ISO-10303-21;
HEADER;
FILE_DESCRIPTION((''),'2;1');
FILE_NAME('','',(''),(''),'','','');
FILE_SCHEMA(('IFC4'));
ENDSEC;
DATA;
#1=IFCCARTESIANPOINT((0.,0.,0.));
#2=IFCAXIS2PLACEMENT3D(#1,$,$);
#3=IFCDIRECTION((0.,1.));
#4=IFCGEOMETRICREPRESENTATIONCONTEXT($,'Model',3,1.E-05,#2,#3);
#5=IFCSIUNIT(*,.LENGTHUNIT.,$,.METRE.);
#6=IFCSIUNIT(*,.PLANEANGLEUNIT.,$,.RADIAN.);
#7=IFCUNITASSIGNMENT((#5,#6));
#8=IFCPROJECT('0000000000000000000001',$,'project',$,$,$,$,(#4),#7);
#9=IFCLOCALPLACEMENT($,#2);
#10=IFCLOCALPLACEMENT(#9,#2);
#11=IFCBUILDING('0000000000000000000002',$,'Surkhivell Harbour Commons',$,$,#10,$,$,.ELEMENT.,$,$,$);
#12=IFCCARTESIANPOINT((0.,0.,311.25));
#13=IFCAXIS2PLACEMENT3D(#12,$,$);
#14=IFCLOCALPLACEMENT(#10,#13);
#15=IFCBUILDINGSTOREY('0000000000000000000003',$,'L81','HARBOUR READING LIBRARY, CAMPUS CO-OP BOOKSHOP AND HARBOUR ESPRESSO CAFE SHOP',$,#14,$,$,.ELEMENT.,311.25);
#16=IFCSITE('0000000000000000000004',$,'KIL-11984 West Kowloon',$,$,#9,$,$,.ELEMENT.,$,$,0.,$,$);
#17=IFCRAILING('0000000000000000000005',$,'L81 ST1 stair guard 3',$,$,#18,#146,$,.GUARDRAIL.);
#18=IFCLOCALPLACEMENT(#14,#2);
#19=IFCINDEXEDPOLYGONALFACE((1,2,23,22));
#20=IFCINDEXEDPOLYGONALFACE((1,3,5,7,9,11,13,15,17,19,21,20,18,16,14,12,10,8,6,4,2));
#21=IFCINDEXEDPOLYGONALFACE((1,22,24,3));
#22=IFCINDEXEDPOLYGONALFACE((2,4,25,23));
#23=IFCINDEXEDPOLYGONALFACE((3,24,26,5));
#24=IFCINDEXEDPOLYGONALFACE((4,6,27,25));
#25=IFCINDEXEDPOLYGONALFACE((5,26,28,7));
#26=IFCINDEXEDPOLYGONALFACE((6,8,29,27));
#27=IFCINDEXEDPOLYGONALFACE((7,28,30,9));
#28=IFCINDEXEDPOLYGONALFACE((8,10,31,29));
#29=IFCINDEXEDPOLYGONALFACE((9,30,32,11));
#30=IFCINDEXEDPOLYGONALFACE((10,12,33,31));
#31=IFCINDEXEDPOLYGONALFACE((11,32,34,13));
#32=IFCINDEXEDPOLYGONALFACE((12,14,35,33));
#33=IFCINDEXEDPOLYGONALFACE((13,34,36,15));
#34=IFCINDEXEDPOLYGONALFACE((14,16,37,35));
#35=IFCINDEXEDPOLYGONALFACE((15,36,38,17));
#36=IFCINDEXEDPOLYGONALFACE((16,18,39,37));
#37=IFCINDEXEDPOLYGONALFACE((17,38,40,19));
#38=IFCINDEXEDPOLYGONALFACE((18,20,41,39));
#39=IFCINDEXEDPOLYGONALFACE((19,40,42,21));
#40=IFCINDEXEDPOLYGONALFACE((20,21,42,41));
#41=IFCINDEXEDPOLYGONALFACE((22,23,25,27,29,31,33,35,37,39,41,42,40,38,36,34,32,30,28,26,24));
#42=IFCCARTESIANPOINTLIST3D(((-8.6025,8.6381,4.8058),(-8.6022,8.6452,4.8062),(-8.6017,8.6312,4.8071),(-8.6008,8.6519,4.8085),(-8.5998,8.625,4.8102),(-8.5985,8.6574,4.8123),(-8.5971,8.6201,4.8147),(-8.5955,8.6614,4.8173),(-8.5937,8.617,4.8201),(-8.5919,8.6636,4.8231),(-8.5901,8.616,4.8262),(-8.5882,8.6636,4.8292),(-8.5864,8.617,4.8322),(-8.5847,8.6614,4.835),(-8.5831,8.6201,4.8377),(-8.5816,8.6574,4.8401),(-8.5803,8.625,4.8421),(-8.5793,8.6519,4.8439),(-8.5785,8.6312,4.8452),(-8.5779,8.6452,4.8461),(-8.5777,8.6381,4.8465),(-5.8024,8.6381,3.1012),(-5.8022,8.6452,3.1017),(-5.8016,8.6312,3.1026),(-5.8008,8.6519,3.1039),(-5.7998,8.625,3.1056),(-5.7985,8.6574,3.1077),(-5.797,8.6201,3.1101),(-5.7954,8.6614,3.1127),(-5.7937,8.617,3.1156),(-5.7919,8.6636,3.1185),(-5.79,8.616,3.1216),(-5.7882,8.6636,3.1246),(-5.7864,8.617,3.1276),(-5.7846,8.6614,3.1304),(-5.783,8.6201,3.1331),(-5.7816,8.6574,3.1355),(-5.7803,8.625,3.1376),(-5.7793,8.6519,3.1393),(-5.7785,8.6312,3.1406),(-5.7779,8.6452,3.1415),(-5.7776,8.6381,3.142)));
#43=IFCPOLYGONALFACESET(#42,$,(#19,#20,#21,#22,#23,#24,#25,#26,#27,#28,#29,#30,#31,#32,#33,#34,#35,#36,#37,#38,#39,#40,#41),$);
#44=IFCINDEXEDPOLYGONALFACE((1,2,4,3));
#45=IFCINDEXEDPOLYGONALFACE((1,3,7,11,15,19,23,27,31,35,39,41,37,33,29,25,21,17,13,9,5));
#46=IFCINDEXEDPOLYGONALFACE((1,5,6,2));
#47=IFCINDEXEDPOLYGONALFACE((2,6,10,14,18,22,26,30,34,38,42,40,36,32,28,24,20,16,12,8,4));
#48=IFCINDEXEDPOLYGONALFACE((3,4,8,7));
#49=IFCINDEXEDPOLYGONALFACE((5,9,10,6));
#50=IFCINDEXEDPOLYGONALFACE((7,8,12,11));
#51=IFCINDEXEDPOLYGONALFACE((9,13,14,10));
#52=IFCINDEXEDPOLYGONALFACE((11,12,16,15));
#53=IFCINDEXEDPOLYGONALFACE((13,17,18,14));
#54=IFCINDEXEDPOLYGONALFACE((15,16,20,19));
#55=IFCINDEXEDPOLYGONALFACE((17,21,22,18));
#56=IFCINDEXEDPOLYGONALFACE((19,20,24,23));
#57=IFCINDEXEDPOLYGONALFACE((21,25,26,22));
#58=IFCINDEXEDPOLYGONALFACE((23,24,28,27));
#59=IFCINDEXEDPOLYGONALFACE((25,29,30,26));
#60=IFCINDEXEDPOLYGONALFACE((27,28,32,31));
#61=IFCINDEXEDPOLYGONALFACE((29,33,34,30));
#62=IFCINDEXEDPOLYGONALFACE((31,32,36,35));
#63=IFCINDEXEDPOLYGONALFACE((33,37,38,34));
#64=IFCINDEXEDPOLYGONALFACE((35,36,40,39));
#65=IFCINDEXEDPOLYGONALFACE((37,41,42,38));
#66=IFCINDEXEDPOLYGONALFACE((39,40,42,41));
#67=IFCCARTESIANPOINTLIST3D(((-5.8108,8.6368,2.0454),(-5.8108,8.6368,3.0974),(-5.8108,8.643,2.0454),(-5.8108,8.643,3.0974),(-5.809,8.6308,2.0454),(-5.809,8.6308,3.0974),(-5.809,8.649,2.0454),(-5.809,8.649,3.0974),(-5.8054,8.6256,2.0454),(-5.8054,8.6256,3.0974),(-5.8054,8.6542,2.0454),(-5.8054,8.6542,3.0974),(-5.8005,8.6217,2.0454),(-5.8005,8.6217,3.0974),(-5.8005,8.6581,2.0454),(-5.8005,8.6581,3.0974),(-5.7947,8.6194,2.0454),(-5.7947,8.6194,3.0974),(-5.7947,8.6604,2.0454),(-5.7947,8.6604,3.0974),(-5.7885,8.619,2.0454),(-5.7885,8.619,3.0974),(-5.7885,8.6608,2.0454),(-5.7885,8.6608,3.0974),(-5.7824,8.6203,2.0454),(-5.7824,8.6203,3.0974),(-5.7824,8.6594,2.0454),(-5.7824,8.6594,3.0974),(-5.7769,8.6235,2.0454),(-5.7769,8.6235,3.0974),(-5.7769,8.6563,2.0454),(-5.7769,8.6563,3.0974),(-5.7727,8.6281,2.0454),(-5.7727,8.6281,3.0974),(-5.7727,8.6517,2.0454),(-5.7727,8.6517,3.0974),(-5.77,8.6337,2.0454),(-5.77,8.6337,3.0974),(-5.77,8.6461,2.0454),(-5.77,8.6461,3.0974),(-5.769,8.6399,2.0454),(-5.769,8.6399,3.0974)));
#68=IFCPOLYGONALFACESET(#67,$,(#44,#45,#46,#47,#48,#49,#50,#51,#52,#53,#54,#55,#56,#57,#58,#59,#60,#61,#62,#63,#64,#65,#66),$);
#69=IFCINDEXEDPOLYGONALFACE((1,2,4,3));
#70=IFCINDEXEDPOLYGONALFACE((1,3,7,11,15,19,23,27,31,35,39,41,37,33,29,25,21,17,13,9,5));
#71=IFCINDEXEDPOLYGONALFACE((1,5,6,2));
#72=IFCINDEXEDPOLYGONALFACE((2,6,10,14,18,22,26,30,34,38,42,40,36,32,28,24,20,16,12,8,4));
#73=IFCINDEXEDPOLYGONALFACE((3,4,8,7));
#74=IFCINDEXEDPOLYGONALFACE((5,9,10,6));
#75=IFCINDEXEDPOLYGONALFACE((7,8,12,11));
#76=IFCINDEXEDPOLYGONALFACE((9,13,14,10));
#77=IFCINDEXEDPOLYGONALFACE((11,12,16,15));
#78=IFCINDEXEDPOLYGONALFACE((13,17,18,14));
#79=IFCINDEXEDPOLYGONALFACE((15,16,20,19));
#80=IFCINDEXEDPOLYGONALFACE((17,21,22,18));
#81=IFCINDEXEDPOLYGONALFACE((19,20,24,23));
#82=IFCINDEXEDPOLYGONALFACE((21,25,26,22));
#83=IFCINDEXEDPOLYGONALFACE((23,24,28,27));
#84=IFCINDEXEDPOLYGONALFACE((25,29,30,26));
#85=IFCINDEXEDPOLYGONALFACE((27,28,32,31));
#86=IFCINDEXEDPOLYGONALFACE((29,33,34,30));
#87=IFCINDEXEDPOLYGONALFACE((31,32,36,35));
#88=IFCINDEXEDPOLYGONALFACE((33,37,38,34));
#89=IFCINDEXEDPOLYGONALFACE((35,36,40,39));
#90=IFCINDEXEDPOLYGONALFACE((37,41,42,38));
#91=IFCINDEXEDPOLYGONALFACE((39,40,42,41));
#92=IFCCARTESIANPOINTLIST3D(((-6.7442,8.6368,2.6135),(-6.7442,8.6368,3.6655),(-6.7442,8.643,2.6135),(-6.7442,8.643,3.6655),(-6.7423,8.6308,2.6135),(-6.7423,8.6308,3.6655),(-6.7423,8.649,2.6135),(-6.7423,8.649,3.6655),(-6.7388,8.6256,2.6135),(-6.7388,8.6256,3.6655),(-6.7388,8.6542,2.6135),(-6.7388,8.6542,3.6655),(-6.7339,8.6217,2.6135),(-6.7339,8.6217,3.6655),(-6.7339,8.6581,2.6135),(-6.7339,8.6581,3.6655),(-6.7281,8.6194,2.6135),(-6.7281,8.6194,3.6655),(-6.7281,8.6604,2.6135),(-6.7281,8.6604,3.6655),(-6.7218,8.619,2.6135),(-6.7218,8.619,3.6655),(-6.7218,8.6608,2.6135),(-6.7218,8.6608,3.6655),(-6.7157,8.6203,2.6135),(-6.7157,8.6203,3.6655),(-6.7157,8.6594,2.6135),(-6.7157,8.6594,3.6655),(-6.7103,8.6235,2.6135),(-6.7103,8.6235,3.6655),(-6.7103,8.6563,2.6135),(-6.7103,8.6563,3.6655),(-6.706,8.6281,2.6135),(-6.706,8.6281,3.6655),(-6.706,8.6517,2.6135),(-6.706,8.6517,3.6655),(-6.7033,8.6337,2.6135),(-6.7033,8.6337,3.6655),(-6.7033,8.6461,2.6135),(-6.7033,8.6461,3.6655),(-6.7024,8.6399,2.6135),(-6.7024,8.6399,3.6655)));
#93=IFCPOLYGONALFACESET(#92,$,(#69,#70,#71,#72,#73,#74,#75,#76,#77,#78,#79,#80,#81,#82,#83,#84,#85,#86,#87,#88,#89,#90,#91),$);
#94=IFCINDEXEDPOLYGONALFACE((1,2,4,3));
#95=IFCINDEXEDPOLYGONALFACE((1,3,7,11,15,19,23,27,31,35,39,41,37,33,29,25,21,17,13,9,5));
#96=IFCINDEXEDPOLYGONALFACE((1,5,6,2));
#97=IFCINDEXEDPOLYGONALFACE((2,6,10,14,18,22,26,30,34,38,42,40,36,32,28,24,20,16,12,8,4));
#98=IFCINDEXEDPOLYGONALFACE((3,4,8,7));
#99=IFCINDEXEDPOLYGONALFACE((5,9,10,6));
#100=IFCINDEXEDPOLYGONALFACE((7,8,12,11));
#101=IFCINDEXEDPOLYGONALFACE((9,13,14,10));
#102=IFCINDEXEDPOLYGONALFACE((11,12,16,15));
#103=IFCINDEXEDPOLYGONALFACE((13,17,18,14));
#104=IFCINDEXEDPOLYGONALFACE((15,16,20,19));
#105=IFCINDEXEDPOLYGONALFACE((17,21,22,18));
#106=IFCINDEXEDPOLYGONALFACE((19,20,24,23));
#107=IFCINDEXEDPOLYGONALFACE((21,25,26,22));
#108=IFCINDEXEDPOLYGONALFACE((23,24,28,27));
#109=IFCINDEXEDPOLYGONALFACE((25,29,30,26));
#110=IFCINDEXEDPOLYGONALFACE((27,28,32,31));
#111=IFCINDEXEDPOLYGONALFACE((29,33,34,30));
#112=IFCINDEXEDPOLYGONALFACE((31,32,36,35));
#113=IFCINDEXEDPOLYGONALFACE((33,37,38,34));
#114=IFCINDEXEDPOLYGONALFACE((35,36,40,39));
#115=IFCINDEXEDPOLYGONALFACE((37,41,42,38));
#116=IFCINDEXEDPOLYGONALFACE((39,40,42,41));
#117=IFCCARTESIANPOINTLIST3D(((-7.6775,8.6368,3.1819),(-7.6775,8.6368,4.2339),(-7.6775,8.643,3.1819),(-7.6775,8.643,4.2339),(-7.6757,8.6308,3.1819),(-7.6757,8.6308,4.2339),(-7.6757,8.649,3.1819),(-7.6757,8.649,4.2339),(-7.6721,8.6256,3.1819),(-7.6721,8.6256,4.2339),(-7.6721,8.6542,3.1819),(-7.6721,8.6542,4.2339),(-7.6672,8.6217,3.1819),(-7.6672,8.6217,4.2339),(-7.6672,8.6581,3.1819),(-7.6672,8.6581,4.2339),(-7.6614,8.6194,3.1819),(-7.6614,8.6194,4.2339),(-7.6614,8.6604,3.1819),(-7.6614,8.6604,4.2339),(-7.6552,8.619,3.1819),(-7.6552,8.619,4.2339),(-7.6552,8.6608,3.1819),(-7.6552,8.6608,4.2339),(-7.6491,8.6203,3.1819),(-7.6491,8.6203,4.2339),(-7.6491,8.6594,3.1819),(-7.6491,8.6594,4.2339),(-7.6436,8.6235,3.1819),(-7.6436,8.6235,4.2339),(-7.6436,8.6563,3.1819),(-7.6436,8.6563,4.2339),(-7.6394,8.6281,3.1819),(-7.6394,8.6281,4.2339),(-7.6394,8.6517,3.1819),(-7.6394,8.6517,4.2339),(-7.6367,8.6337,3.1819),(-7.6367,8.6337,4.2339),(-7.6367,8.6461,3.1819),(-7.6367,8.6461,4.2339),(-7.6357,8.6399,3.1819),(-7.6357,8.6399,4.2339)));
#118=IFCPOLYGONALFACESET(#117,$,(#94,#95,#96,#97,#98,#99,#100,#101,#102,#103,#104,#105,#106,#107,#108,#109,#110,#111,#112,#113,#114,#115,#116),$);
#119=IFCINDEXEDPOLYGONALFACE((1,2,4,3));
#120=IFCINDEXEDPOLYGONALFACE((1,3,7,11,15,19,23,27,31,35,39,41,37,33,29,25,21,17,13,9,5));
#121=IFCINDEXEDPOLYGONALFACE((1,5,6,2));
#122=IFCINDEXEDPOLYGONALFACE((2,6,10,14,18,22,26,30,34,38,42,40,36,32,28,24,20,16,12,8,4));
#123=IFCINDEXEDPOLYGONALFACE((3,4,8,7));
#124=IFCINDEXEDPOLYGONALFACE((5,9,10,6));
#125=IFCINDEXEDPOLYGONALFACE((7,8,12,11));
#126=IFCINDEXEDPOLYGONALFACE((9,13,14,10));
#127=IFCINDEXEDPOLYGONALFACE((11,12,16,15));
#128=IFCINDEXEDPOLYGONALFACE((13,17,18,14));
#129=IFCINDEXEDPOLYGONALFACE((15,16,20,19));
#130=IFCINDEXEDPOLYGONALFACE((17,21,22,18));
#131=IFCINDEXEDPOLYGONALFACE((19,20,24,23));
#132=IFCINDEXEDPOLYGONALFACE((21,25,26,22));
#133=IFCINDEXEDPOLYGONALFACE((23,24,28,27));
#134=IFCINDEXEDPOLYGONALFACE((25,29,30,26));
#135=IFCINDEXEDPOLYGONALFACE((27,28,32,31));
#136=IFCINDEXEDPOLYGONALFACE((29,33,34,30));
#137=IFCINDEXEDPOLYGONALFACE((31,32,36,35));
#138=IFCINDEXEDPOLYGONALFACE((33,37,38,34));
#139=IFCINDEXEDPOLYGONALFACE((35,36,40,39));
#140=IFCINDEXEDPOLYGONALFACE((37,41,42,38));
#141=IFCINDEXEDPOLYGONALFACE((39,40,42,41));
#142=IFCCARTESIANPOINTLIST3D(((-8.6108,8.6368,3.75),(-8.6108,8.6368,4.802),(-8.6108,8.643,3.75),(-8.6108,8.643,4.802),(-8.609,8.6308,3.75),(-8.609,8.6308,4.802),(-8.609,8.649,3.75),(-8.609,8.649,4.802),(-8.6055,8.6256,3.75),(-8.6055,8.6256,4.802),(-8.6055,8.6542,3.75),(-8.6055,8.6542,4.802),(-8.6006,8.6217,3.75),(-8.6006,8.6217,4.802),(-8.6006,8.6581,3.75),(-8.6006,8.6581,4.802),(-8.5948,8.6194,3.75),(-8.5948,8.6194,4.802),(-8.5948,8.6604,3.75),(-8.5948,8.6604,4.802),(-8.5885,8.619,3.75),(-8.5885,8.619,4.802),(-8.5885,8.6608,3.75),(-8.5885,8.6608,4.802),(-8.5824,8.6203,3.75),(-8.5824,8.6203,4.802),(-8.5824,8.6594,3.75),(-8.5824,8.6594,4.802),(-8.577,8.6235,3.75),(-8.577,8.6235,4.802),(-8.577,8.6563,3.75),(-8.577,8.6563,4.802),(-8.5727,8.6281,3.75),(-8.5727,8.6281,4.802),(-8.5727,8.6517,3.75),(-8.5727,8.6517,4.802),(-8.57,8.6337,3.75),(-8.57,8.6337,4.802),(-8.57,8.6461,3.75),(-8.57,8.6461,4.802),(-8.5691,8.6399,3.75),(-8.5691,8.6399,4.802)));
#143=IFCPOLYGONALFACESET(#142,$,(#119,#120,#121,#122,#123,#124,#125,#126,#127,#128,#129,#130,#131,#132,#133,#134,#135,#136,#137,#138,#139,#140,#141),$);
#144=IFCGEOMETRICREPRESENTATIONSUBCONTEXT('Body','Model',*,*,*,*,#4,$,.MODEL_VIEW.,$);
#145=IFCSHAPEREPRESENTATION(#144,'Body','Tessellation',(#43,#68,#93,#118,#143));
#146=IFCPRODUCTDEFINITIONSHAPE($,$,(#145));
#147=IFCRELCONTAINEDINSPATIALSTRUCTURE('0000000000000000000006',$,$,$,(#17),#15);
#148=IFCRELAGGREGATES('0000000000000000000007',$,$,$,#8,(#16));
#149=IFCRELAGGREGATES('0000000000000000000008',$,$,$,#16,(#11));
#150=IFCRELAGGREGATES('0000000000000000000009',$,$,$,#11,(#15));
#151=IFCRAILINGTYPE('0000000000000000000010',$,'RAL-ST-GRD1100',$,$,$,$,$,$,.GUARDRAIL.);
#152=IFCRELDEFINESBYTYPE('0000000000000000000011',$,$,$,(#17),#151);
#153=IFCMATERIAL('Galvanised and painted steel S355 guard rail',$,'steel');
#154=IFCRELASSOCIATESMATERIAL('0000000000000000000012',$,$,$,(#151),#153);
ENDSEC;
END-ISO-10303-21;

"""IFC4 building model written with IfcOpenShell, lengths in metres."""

from ifc_helpers import new_model, si_unit, direction, frame, origin, origin_2d, place, context, subcontext, project, spatial, circle, extrude, material, type_object, element, save


model = new_model("IFC4")

# Units and contexts
model_context = context("Model", 3, precision=1e-05, world=origin(), true_north=direction((0.0, 1.0)))
body_context = subcontext(model_context, "Body", "Model", "MODEL_VIEW")
ifc_project = project(units=[si_unit("LENGTHUNIT", "METRE"), si_unit("PLANEANGLEUNIT", "RADIAN")], contexts=[model_context])

# Site, building, storey
site_placement = place(None, origin())
site = spatial("IfcSite", under=ifc_project, at=site_placement, Name="KIL-11984 West Kowloon", CompositionType="ELEMENT", RefElevation=0.0)
building_placement = place(site_placement, origin())
building = spatial("IfcBuilding", under=site, at=building_placement, Name="Surkhivell Harbour Commons", CompositionType="ELEMENT")
storey_placement = place(building_placement, frame((0.0, 0.0, 311.25)))
storey = spatial("IfcBuildingStorey", under=building, at=storey_placement, Name="L81", Description="HARBOUR READING LIBRARY, CAMPUS CO-OP BOOKSHOP AND HARBOUR ESPRESSO CAFE SHOP", CompositionType="ELEMENT", Elevation=311.25)

# Railing
ifc_material_1 = material(Name="Galvanised and painted steel S355 guard rail", Category="steel")
railing_type_1 = type_object("IfcRailingType", Name="RAL-ST-GRD1100", PredefinedType="GUARDRAIL", material=ifc_material_1)
railing_1_placement = place(storey_placement, frame((-5.79, 8.6399, 2.0454)))
element("IfcRailing", 1, at=railing_1_placement, inside=storey, type_object=railing_type_1, Name="L81 ST1 stair guard 3", PredefinedType="GUARDRAIL", context=body_context, shape_type="SweptSolid", body=[
    extrude(circle(Radius=0.0239, at=origin_2d()), frame((0.0, 0.0, 1.0762), z_axis=(-0.85417, 0.0, 0.519994), x_axis=(0.0, -1.0, 0.0)), (0.0, 0.0, 1.0), 3.2781),
    extrude(circle(Radius=0.021, at=origin_2d()), origin(), (0.0, 0.0, 1.0), 1.052),
    extrude(circle(Radius=0.021, at=origin_2d()), frame((-0.9333, 0.0, 0.5681)), (0.0, 0.0, 1.0), 1.052),
    extrude(circle(Radius=0.021, at=origin_2d()), frame((-1.8667, 0.0, 1.1365)), (0.0, 0.0, 1.0), 1.052),
    extrude(circle(Radius=0.021, at=origin_2d()), frame((-2.8, 0.0, 1.7046)), (0.0, 0.0, 1.0), 1.052),
])

save(model, "model.ifc")
